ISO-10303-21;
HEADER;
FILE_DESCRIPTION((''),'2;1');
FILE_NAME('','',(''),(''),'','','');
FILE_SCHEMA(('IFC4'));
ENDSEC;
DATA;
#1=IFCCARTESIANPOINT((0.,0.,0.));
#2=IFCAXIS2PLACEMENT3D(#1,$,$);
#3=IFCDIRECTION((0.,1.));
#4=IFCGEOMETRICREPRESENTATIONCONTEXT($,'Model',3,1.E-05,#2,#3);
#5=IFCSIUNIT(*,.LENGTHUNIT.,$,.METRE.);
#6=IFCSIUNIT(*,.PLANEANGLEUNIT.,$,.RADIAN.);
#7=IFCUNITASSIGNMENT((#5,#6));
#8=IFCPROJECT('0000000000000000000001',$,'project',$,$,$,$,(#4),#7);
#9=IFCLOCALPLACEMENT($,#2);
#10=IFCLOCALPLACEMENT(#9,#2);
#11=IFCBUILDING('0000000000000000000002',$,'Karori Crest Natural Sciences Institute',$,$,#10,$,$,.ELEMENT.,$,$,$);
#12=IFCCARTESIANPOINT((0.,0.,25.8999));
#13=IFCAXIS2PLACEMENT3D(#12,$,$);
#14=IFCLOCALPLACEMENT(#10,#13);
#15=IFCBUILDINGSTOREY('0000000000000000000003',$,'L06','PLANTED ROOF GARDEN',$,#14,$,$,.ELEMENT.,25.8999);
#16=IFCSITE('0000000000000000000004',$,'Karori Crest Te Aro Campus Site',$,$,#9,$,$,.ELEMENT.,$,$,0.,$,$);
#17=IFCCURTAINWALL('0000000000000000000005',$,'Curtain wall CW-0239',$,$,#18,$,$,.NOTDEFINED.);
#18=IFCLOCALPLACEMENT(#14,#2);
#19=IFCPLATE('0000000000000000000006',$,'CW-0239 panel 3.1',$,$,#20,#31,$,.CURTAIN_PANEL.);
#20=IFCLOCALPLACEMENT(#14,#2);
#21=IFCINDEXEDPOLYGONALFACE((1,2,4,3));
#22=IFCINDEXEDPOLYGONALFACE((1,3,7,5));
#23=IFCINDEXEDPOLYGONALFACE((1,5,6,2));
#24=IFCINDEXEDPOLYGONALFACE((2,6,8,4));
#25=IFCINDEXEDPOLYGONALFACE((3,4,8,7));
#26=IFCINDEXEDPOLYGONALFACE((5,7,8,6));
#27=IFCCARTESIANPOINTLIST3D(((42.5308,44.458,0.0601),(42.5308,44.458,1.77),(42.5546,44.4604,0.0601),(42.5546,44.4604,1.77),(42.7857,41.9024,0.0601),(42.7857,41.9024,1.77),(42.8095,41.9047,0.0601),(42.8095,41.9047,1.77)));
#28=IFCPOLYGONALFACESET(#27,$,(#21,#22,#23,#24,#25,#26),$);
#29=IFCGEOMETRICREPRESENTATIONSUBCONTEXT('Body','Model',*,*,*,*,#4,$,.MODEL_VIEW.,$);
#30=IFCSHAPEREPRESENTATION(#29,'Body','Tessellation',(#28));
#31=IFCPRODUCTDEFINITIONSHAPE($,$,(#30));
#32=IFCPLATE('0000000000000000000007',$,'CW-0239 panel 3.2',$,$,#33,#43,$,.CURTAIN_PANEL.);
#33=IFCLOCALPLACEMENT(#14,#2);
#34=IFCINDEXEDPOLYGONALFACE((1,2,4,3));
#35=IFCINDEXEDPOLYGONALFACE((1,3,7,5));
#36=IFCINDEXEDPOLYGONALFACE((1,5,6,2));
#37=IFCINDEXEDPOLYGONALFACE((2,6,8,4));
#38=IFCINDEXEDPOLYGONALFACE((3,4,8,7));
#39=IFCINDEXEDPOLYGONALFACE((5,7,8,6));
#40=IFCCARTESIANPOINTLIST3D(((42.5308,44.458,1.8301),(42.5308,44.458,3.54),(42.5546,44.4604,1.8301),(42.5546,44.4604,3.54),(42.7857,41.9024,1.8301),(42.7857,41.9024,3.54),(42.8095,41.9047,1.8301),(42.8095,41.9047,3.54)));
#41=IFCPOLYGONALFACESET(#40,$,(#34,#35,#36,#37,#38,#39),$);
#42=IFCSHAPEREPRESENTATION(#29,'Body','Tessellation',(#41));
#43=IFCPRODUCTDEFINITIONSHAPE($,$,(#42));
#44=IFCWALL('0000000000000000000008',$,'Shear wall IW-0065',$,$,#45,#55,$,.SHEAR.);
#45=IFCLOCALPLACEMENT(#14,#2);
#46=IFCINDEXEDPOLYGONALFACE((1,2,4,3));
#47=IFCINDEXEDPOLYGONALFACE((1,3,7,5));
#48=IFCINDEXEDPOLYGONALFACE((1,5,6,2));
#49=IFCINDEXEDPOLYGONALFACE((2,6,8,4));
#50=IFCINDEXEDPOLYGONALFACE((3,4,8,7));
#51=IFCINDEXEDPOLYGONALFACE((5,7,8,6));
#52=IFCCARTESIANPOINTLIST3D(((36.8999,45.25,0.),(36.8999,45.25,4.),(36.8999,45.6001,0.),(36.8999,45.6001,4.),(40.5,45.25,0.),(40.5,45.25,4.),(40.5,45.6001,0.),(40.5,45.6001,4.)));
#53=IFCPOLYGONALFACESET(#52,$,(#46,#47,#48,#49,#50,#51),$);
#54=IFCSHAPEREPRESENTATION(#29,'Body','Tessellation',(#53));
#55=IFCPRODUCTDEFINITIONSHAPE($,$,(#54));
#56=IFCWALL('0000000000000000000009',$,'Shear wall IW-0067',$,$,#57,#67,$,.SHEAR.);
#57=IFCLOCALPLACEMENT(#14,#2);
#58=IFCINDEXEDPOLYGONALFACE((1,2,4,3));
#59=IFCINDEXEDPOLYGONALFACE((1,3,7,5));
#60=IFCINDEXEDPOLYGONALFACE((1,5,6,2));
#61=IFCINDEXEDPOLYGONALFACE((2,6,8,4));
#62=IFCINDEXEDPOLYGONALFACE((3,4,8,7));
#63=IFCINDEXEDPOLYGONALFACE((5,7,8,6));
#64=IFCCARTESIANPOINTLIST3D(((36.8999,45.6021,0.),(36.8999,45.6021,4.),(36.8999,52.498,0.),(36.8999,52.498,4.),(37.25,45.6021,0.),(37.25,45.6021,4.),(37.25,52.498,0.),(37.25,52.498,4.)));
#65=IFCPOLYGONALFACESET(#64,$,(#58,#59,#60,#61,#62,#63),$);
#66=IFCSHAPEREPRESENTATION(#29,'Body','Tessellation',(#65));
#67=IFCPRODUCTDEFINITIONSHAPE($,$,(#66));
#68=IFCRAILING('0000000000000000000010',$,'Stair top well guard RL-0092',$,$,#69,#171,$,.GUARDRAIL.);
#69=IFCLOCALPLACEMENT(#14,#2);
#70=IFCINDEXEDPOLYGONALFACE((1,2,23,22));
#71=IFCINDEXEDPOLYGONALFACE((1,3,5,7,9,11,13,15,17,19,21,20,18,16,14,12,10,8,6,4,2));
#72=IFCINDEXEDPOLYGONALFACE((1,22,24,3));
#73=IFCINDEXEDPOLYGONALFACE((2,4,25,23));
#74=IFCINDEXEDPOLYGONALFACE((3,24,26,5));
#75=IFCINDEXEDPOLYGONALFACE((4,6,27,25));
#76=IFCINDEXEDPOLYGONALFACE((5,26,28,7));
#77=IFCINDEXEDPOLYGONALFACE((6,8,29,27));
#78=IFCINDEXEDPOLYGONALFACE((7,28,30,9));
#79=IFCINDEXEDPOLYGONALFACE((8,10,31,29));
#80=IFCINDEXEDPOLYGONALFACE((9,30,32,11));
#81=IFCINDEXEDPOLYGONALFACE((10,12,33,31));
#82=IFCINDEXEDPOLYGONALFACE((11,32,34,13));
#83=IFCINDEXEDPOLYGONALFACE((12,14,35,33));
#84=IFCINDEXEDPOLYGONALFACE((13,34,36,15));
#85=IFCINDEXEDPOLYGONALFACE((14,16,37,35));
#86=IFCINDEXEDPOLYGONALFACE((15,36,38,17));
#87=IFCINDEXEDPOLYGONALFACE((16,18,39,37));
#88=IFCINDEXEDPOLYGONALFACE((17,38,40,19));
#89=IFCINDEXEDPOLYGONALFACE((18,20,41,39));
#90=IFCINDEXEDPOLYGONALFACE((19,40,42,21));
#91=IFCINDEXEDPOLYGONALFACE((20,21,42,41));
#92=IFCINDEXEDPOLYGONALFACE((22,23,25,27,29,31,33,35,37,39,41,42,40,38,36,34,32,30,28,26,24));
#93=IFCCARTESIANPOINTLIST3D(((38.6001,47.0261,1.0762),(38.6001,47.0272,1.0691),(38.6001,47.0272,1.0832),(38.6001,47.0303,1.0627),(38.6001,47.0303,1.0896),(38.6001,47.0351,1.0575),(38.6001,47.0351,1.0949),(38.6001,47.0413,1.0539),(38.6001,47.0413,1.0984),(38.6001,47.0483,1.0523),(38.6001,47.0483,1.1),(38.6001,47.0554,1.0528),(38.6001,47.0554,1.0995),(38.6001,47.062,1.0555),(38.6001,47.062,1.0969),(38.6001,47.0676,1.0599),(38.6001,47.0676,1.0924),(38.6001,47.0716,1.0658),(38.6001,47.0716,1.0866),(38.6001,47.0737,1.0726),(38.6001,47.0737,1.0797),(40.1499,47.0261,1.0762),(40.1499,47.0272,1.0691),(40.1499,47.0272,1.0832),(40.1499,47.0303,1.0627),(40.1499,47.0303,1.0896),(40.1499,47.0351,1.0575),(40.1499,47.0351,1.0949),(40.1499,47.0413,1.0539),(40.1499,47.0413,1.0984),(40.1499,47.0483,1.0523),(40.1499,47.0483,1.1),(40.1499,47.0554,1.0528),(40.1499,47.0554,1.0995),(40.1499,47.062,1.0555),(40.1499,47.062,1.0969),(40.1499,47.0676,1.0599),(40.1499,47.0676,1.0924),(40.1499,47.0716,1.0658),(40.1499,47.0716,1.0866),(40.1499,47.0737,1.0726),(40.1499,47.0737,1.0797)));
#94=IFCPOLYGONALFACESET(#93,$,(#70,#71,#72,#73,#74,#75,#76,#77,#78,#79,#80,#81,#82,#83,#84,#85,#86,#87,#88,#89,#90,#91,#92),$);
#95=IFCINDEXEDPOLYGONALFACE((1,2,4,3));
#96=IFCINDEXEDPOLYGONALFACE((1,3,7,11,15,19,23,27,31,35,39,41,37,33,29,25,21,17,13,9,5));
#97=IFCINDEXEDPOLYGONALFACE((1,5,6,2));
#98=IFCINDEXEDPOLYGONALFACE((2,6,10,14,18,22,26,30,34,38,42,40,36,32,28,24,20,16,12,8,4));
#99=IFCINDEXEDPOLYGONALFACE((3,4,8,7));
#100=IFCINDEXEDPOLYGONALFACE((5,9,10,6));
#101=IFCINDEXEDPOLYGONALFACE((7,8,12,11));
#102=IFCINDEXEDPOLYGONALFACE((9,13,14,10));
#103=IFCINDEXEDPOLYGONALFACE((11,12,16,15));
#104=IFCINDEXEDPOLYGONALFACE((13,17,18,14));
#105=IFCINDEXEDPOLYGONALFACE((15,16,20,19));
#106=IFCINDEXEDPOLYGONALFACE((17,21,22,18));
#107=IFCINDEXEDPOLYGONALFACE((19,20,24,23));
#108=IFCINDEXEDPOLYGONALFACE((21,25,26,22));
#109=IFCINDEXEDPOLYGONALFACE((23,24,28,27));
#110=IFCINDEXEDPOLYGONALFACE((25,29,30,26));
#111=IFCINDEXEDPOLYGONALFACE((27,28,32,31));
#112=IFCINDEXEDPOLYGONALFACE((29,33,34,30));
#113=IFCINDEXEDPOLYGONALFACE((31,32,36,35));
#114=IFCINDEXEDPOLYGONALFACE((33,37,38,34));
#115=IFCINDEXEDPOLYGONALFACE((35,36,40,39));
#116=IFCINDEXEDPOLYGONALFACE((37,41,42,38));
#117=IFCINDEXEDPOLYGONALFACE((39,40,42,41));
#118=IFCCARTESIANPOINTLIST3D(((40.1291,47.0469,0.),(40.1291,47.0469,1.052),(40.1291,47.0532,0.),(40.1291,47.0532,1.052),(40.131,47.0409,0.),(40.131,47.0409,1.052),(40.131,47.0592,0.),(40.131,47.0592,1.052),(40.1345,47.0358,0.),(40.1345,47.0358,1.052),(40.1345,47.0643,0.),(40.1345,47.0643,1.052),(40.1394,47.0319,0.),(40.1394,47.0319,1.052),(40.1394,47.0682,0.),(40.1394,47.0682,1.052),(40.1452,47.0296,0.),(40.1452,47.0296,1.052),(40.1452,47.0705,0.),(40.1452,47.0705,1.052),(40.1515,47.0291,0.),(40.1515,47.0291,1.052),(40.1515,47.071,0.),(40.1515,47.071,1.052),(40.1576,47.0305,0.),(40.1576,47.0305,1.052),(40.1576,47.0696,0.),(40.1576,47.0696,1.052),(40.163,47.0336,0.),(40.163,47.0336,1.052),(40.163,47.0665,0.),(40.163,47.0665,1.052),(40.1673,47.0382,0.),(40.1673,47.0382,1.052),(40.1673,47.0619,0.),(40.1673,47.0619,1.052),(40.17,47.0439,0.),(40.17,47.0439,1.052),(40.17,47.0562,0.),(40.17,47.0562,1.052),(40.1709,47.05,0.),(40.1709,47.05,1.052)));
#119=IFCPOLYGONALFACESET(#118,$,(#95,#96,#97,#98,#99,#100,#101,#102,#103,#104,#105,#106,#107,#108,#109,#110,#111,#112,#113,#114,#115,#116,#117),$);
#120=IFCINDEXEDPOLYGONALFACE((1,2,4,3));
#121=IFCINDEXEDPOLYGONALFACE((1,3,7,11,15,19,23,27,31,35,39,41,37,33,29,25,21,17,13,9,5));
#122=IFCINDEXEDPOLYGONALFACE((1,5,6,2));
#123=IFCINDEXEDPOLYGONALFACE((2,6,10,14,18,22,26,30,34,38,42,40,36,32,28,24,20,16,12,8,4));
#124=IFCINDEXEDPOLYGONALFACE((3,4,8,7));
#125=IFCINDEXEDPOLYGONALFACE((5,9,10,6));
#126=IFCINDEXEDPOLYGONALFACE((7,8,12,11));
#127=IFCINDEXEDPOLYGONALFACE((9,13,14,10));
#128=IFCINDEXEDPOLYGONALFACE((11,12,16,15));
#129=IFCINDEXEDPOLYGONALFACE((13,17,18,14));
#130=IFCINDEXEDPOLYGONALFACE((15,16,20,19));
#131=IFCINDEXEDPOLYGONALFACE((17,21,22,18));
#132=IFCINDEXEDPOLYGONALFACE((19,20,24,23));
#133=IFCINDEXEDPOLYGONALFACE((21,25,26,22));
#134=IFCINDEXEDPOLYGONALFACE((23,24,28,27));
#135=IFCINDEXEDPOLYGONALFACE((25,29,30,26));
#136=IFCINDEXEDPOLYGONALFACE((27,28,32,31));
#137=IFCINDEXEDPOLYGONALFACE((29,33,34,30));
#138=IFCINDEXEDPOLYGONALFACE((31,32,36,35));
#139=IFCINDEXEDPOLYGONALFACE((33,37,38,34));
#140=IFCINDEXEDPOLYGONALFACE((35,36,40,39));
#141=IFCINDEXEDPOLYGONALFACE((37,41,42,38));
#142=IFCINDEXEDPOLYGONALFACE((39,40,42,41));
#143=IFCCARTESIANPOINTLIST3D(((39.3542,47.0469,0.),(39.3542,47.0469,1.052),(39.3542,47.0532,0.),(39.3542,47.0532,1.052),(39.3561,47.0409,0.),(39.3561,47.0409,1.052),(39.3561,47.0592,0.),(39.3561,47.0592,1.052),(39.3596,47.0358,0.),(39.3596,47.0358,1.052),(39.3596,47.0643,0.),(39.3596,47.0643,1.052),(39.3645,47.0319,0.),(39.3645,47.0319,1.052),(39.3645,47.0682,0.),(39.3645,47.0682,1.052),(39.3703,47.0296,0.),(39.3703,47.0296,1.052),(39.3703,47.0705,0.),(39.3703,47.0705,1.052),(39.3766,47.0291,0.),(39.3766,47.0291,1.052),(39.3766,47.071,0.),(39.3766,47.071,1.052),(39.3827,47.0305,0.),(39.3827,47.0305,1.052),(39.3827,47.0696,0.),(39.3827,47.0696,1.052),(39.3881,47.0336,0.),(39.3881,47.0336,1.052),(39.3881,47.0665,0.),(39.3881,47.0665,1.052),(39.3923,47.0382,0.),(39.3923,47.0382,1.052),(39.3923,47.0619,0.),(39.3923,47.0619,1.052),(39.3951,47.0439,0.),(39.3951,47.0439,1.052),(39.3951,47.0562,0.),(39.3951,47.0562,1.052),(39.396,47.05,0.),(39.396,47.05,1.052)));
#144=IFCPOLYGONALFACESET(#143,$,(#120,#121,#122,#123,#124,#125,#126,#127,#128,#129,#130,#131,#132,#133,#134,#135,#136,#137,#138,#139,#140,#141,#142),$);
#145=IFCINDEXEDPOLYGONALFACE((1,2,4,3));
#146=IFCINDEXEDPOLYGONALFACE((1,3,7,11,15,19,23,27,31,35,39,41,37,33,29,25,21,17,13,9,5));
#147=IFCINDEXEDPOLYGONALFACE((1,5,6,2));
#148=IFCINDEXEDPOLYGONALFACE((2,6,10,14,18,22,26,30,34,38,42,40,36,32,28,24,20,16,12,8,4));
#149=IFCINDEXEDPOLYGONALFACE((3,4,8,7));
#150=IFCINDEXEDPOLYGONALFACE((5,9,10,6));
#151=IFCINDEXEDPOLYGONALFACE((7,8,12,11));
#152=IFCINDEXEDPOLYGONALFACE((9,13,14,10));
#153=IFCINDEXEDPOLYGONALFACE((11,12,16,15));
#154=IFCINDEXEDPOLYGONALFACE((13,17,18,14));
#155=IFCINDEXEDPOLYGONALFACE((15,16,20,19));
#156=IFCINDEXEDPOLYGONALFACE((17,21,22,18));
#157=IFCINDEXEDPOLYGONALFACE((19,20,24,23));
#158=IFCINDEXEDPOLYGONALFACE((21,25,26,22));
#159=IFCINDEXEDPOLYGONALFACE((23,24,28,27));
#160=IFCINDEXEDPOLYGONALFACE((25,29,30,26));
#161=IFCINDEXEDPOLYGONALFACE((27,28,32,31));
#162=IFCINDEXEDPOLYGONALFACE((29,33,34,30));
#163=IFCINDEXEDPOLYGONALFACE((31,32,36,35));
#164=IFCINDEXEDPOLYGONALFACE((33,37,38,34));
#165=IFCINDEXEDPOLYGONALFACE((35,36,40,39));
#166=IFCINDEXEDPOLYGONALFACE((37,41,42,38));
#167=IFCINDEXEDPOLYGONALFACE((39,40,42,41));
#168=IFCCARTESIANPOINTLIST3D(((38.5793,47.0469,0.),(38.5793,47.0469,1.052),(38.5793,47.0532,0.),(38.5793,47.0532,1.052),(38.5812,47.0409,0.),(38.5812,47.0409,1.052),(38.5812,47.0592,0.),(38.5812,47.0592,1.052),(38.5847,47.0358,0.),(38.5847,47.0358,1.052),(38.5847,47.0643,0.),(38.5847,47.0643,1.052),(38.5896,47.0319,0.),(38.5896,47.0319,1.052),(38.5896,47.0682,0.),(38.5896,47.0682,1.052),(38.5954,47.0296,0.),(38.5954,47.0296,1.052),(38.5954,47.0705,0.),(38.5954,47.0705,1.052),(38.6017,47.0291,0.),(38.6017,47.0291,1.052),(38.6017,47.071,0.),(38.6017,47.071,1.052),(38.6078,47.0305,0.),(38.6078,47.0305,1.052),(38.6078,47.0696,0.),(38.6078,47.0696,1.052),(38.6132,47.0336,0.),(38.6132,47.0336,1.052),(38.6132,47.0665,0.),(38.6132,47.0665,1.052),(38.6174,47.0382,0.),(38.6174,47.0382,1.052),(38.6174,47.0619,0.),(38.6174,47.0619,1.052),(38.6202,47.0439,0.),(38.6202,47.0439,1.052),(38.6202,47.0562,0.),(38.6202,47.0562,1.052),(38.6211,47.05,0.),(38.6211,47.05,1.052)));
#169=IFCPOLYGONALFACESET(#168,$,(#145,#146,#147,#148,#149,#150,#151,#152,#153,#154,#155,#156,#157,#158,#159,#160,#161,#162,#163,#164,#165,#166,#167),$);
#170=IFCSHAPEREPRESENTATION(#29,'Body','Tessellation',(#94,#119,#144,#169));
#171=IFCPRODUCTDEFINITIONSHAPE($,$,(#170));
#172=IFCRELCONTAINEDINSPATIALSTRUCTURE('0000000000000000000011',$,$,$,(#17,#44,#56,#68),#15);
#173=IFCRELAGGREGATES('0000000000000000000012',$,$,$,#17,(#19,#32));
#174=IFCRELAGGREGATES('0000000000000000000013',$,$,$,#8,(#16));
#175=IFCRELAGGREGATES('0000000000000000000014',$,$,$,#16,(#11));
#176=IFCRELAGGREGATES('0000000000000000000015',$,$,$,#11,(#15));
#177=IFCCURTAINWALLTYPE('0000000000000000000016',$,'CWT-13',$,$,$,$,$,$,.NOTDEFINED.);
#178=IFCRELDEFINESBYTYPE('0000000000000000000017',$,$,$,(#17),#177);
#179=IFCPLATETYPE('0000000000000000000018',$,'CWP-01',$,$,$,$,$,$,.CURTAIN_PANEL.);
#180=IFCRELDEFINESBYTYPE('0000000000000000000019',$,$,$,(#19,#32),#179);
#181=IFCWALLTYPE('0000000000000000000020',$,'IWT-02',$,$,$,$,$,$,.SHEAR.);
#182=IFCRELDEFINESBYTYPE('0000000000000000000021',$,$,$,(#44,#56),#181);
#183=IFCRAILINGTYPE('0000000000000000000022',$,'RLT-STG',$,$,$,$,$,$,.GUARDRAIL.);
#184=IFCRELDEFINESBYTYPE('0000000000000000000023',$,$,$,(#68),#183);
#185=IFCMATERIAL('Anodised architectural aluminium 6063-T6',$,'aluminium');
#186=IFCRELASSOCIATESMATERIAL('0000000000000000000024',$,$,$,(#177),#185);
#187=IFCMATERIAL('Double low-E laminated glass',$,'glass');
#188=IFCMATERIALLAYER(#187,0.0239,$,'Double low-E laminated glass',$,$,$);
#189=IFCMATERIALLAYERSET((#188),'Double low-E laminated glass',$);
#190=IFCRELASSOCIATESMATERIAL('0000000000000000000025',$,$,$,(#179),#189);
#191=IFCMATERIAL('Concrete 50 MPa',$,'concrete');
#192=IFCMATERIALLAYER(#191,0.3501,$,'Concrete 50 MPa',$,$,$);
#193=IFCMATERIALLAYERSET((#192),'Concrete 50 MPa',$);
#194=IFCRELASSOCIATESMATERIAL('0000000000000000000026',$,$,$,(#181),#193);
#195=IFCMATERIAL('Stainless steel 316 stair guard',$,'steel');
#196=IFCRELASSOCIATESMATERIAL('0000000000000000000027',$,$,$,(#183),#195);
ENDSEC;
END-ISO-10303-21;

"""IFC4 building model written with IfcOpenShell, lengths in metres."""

from ifc_helpers import new_model, si_unit, direction, frame, frame_2d, origin, origin_2d, place, context, subcontext, project, spatial, rectangle, circle, extrude, material, layer, layer_set, type_object, element, aggregate, save


model = new_model("IFC4")

# Units and contexts
model_context = context("Model", 3, precision=1e-05, world=origin(), true_north=direction((0.0, 1.0)))
body_context = subcontext(model_context, "Body", "Model", "MODEL_VIEW")
ifc_project = project(units=[si_unit("LENGTHUNIT", "METRE"), si_unit("PLANEANGLEUNIT", "RADIAN")], contexts=[model_context])

# Site, building, storey
site_placement = place(None, origin())
site = spatial("IfcSite", under=ifc_project, at=site_placement, Name="Karori Crest Te Aro Campus Site", CompositionType="ELEMENT", RefElevation=0.0)
building_placement = place(site_placement, origin())
building = spatial("IfcBuilding", under=site, at=building_placement, Name="Karori Crest Natural Sciences Institute", CompositionType="ELEMENT")
storey_placement = place(building_placement, frame((0.0, 0.0, 25.8999)))
storey = spatial("IfcBuildingStorey", under=building, at=storey_placement, Name="L06", Description="PLANTED ROOF GARDEN", CompositionType="ELEMENT", Elevation=25.8999)

# Shared definitions
ifc_material_1 = material(Name="Anodised architectural aluminium 6063-T6", Category="aluminium")

# Curtain wall
curtain_wall_type_1 = type_object("IfcCurtainWallType", Name="CWT-13", PredefinedType="NOTDEFINED", material=ifc_material_1)
curtain_wall_1_placement = place(storey_placement, origin())
curtain_wall_1 = element("IfcCurtainWall", 1, at=curtain_wall_1_placement, inside=storey, type_object=curtain_wall_type_1, Name="Curtain wall CW-0239", PredefinedType="NOTDEFINED")

# Plates
ifc_material_2 = material(Name="Double low-E laminated glass", Category="glass")
ifc_layer_1 = layer(ifc_material_2, 0.0239, Name="Double low-E laminated glass")
ifc_layer_set_1 = layer_set([ifc_layer_1], Name="Double low-E laminated glass")
plate_type = type_object("IfcPlateType", Name="CWP-01", PredefinedType="CURTAIN_PANEL", material=ifc_layer_set_1)
plate_1_placement = place(storey_placement, frame((42.6702, 43.1814, 0.0601), z_axis=(0.0, 0.0, 1.0), x_axis=(0.099268, -0.995061, 0.0)))
plate_1 = element("IfcPlate", 2, at=plate_1_placement, type_object=plate_type, Name="CW-0239 panel 3.1", PredefinedType="CURTAIN_PANEL", context=body_context, shape_type="SweptSolid", body=[
    extrude(rectangle(XDim=2.5684, YDim=0.0239, at=origin_2d()), origin(), (0.0, 0.0, 1.0), 1.71),
])
plate_2_placement = place(storey_placement, frame((42.6702, 43.1814, 1.8301), z_axis=(0.0, 0.0, 1.0), x_axis=(0.099268, -0.995061, 0.0)))
plate_2 = element("IfcPlate", 3, at=plate_2_placement, type_object=plate_type, Name="CW-0239 panel 3.2", PredefinedType="CURTAIN_PANEL", context=body_context, shape_type="SweptSolid", body=[
    extrude(rectangle(XDim=2.5684, YDim=0.0239, at=origin_2d()), origin(), (0.0, 0.0, 1.0), 1.71),
])
aggregate(curtain_wall_1, [plate_1, plate_2])

# Walls
ifc_material_3 = material(Name="Concrete 50 MPa", Category="concrete")
ifc_layer_2 = layer(ifc_material_3, 0.3501, Name="Concrete 50 MPa")
ifc_layer_set_2 = layer_set([ifc_layer_2], Name="Concrete 50 MPa")
wall_type = type_object("IfcWallType", Name="IWT-02", PredefinedType="SHEAR", material=ifc_layer_set_2)
wall_1_placement = place(storey_placement, frame((36.8999, 45.425, 0.0), z_axis=(0.0, 0.0, 1.0), x_axis=(1.0, 0.0, 0.0)))
element("IfcWall", 4, at=wall_1_placement, inside=storey, type_object=wall_type, Name="Shear wall IW-0065", PredefinedType="SHEAR", context=body_context, shape_type="SweptSolid", body=[
    extrude(rectangle(XDim=3.6001, YDim=0.3501, at=frame_2d((1.8, 0.0))), origin(), (0.0, 0.0, 1.0), 4.0),
])
wall_2_placement = place(storey_placement, frame((37.075, 45.6021, 0.0), z_axis=(0.0, 0.0, 1.0), x_axis=(0.0, 1.0, 0.0)))
element("IfcWall", 5, at=wall_2_placement, inside=storey, type_object=wall_type, Name="Shear wall IW-0067", PredefinedType="SHEAR", context=body_context, shape_type="SweptSolid", body=[
    extrude(rectangle(XDim=6.896, YDim=0.3501, at=frame_2d((3.448, 0.0))), origin(), (0.0, 0.0, 1.0), 4.0),
])

# Railing
ifc_material_4 = material(Name="Stainless steel 316 stair guard", Category="steel")
railing_type = type_object("IfcRailingType", Name="RLT-STG", PredefinedType="GUARDRAIL", material=ifc_material_4)
railing_placement = place(storey_placement, frame((40.1499, 47.05, 0.0)))
element("IfcRailing", 6, at=railing_placement, inside=storey, type_object=railing_type, Name="Stair top well guard RL-0092", PredefinedType="GUARDRAIL", context=body_context, shape_type="SweptSolid", body=[
    extrude(circle(Radius=0.0239, at=origin_2d()), frame((0.0, 0.0, 1.0762), z_axis=(-1.0, 0.0, 0.0), x_axis=(0.0, -1.0, 0.0)), (0.0, 0.0, 1.0), 1.5498),
    extrude(circle(Radius=0.021, at=origin_2d()), origin(), (0.0, 0.0, 1.0), 1.052),
    extrude(circle(Radius=0.021, at=origin_2d()), frame((-0.7749, 0.0, 0.0)), (0.0, 0.0, 1.0), 1.052),
    extrude(circle(Radius=0.021, at=origin_2d()), frame((-1.5498, 0.0, 0.0)), (0.0, 0.0, 1.0), 1.052),
])

save(model, "model.ifc")
